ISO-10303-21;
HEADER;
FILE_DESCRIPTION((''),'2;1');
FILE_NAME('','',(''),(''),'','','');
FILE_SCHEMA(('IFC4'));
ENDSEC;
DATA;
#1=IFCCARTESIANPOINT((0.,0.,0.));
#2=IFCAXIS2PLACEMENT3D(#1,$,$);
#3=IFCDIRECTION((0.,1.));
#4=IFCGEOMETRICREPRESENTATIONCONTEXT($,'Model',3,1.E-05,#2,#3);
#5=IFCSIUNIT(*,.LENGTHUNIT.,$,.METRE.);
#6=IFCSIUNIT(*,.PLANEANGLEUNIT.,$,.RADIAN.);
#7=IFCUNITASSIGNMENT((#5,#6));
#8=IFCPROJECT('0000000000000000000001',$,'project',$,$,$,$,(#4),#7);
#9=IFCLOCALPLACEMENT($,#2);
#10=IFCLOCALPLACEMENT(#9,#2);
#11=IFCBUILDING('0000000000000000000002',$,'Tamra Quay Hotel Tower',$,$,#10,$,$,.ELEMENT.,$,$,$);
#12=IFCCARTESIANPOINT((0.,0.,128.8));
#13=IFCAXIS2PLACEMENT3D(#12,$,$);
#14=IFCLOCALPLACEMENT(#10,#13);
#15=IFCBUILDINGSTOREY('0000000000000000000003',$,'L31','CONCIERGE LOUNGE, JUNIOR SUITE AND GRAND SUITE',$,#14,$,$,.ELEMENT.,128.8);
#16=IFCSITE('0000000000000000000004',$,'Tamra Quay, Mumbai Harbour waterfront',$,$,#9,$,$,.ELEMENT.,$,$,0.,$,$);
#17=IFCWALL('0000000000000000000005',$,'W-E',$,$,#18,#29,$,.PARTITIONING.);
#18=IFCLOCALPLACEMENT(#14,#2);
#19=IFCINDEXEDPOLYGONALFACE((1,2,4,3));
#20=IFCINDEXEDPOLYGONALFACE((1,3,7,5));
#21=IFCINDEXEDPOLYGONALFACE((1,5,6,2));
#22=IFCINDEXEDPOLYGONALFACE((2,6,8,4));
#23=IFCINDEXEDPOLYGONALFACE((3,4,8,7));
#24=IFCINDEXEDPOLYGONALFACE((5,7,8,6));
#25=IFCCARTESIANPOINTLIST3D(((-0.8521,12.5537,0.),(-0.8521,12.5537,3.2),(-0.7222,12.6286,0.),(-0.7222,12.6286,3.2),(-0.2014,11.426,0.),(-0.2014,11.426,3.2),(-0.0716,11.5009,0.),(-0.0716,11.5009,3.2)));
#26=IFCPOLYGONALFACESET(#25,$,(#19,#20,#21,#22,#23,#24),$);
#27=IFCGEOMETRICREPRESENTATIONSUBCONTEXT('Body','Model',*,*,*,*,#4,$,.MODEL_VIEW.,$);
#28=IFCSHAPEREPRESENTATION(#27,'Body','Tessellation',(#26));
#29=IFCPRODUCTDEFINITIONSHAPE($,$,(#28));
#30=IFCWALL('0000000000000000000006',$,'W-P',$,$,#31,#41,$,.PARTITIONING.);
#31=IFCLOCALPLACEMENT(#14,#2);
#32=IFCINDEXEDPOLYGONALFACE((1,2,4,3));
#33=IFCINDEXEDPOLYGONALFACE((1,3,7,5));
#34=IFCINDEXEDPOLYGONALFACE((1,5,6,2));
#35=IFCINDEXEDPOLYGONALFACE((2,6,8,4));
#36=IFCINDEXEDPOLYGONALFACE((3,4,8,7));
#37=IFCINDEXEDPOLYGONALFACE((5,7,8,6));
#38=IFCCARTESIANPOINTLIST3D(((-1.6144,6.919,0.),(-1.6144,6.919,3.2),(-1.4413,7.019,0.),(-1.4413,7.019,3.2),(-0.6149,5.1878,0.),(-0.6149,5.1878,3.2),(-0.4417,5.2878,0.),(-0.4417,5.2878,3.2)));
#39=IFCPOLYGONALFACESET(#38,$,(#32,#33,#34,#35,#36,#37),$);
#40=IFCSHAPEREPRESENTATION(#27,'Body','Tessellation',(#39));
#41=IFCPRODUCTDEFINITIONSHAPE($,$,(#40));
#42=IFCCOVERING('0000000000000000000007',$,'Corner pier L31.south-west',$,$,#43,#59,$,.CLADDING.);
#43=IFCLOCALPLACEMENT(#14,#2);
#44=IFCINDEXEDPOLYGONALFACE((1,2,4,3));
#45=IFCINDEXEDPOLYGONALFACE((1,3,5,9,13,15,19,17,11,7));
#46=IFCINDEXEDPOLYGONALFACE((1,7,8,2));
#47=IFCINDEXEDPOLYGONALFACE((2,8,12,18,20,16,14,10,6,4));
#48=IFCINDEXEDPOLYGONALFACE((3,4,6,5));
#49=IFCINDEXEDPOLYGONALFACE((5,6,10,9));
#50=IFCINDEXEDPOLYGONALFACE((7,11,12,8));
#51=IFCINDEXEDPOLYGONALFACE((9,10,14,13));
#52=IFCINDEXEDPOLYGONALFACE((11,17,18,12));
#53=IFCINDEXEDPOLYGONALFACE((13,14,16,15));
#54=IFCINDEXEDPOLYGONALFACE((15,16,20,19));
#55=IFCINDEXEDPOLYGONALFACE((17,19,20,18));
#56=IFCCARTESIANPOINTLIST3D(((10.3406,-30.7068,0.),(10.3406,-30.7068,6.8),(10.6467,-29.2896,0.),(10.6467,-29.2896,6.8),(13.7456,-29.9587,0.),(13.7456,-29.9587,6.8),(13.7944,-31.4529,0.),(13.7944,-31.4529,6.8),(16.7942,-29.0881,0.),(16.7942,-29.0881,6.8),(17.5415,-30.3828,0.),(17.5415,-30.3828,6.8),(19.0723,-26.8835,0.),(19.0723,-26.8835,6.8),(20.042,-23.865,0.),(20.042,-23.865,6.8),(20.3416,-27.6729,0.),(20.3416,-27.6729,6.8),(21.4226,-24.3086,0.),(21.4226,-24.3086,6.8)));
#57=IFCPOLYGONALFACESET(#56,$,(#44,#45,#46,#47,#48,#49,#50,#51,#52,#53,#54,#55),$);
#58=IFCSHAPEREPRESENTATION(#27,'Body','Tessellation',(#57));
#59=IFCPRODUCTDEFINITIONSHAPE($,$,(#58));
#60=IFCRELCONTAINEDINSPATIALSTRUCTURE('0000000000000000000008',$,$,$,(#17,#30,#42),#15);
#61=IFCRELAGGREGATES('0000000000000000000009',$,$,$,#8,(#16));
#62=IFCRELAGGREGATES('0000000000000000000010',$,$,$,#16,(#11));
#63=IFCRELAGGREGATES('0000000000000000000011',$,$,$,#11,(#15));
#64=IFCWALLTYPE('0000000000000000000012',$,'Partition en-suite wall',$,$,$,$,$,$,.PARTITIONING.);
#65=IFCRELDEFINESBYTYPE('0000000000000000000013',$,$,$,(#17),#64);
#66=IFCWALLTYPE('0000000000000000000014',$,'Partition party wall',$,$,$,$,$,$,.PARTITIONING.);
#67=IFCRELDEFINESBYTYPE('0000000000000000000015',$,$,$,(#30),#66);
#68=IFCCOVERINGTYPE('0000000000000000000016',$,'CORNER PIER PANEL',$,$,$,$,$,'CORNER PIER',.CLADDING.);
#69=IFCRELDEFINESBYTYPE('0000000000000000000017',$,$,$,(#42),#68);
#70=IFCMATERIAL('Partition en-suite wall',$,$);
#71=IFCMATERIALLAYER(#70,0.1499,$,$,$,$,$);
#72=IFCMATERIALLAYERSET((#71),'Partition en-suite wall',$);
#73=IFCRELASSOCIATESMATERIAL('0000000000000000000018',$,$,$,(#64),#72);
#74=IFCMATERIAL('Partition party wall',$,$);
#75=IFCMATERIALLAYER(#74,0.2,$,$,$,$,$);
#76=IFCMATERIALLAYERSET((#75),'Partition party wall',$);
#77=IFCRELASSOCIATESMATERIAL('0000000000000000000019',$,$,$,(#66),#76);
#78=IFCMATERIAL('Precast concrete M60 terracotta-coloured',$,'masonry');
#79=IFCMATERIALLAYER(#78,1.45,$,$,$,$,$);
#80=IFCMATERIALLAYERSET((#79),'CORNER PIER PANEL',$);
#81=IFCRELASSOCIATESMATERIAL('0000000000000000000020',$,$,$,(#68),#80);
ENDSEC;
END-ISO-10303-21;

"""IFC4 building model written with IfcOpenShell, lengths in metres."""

from ifc_helpers import new_model, si_unit, direction, frame, frame_2d, origin, place, context, subcontext, project, spatial, polyline, rectangle, outline, extrude, material, layer, layer_set, type_object, element, save


model = new_model("IFC4")

# Units and contexts
model_context = context("Model", 3, precision=1e-05, world=origin(), true_north=direction((0.0, 1.0)))
body_context = subcontext(model_context, "Body", "Model", "MODEL_VIEW")
ifc_project = project(units=[si_unit("LENGTHUNIT", "METRE"), si_unit("PLANEANGLEUNIT", "RADIAN")], contexts=[model_context])

# Site, building, storey
site_placement = place(None, origin())
site = spatial("IfcSite", under=ifc_project, at=site_placement, Name="Tamra Quay, Mumbai Harbour waterfront", CompositionType="ELEMENT", RefElevation=0.0)
building_placement = place(site_placement, origin())
building = spatial("IfcBuilding", under=site, at=building_placement, Name="Tamra Quay Hotel Tower", CompositionType="ELEMENT")
storey_placement = place(building_placement, frame((0.0, 0.0, 128.8)))
storey = spatial("IfcBuildingStorey", under=building, at=storey_placement, Name="L31", Description="CONCIERGE LOUNGE, JUNIOR SUITE AND GRAND SUITE", CompositionType="ELEMENT", Elevation=128.8)

# Shared definitions
ifc_material_1 = material(Name="Partition en-suite wall")
ifc_layer_1 = layer(ifc_material_1, 0.1499)
ifc_layer_set_1 = layer_set([ifc_layer_1], Name="Partition en-suite wall")
wall_type_1 = type_object("IfcWallType", Name="Partition en-suite wall", PredefinedType="PARTITIONING", material=ifc_layer_set_1)

# Walls
wall_1_placement = place(storey_placement, frame((-0.7871, 12.5911, 0.0), z_axis=(0.0, 0.0, 1.0), x_axis=(0.49975, -0.86617, 0.0)))
element("IfcWall", 1, at=wall_1_placement, inside=storey, type_object=wall_type_1, Name="W-E", PredefinedType="PARTITIONING", context=body_context, shape_type="SweptSolid", body=[
    extrude(rectangle(XDim=1.302, YDim=0.1499, at=frame_2d((0.6509, 0.0))), origin(), (0.0, 0.0, 1.0), 3.2),
])
ifc_material_2 = material(Name="Partition party wall")
ifc_layer_2 = layer(ifc_material_2, 0.2)
ifc_layer_set_2 = layer_set([ifc_layer_2], Name="Partition party wall")
wall_type_2 = type_object("IfcWallType", Name="Partition party wall", PredefinedType="PARTITIONING", material=ifc_layer_set_2)
wall_2_placement = place(storey_placement, frame((-1.5278, 6.969, 0.0), z_axis=(0.0, 0.0, 1.0), x_axis=(0.500001, -0.866025, 0.0)))
element("IfcWall", 2, at=wall_2_placement, inside=storey, type_object=wall_type_2, Name="W-P", PredefinedType="PARTITIONING", context=body_context, shape_type="SweptSolid", body=[
    extrude(rectangle(XDim=1.999, YDim=0.2, at=frame_2d((0.9995, 0.0))), origin(), (0.0, 0.0, 1.0), 3.2),
])

# Covering
ifc_material_3 = material(Name="Precast concrete M60 terracotta-coloured", Category="masonry")
ifc_layer_3 = layer(ifc_material_3, 1.45)
ifc_layer_set_3 = layer_set([ifc_layer_3], Name="CORNER PIER PANEL")
covering_type = type_object("IfcCoveringType", Name="CORNER PIER PANEL", ElementType="CORNER PIER", PredefinedType="CLADDING", material=ifc_layer_set_3)
covering_placement = place(storey_placement, origin())
element("IfcCovering", 3, at=covering_placement, inside=storey, type_object=covering_type, Name="Corner pier L31.south-west", PredefinedType="CLADDING", context=body_context, shape_type="SweptSolid", body=[
    extrude(outline(polyline([(10.6467, -29.2896), (10.3406, -30.7068), (13.7944, -31.4529), (17.5415, -30.3828), (20.3416, -27.6729), (21.4226, -24.3086), (20.042, -23.865), (19.0723, -26.8835), (16.7942, -29.0881), (13.7456, -29.9587), (10.6467, -29.2896)])), origin(), (0.0, 0.0, 1.0), 6.8),
])

save(model, "model.ifc")
